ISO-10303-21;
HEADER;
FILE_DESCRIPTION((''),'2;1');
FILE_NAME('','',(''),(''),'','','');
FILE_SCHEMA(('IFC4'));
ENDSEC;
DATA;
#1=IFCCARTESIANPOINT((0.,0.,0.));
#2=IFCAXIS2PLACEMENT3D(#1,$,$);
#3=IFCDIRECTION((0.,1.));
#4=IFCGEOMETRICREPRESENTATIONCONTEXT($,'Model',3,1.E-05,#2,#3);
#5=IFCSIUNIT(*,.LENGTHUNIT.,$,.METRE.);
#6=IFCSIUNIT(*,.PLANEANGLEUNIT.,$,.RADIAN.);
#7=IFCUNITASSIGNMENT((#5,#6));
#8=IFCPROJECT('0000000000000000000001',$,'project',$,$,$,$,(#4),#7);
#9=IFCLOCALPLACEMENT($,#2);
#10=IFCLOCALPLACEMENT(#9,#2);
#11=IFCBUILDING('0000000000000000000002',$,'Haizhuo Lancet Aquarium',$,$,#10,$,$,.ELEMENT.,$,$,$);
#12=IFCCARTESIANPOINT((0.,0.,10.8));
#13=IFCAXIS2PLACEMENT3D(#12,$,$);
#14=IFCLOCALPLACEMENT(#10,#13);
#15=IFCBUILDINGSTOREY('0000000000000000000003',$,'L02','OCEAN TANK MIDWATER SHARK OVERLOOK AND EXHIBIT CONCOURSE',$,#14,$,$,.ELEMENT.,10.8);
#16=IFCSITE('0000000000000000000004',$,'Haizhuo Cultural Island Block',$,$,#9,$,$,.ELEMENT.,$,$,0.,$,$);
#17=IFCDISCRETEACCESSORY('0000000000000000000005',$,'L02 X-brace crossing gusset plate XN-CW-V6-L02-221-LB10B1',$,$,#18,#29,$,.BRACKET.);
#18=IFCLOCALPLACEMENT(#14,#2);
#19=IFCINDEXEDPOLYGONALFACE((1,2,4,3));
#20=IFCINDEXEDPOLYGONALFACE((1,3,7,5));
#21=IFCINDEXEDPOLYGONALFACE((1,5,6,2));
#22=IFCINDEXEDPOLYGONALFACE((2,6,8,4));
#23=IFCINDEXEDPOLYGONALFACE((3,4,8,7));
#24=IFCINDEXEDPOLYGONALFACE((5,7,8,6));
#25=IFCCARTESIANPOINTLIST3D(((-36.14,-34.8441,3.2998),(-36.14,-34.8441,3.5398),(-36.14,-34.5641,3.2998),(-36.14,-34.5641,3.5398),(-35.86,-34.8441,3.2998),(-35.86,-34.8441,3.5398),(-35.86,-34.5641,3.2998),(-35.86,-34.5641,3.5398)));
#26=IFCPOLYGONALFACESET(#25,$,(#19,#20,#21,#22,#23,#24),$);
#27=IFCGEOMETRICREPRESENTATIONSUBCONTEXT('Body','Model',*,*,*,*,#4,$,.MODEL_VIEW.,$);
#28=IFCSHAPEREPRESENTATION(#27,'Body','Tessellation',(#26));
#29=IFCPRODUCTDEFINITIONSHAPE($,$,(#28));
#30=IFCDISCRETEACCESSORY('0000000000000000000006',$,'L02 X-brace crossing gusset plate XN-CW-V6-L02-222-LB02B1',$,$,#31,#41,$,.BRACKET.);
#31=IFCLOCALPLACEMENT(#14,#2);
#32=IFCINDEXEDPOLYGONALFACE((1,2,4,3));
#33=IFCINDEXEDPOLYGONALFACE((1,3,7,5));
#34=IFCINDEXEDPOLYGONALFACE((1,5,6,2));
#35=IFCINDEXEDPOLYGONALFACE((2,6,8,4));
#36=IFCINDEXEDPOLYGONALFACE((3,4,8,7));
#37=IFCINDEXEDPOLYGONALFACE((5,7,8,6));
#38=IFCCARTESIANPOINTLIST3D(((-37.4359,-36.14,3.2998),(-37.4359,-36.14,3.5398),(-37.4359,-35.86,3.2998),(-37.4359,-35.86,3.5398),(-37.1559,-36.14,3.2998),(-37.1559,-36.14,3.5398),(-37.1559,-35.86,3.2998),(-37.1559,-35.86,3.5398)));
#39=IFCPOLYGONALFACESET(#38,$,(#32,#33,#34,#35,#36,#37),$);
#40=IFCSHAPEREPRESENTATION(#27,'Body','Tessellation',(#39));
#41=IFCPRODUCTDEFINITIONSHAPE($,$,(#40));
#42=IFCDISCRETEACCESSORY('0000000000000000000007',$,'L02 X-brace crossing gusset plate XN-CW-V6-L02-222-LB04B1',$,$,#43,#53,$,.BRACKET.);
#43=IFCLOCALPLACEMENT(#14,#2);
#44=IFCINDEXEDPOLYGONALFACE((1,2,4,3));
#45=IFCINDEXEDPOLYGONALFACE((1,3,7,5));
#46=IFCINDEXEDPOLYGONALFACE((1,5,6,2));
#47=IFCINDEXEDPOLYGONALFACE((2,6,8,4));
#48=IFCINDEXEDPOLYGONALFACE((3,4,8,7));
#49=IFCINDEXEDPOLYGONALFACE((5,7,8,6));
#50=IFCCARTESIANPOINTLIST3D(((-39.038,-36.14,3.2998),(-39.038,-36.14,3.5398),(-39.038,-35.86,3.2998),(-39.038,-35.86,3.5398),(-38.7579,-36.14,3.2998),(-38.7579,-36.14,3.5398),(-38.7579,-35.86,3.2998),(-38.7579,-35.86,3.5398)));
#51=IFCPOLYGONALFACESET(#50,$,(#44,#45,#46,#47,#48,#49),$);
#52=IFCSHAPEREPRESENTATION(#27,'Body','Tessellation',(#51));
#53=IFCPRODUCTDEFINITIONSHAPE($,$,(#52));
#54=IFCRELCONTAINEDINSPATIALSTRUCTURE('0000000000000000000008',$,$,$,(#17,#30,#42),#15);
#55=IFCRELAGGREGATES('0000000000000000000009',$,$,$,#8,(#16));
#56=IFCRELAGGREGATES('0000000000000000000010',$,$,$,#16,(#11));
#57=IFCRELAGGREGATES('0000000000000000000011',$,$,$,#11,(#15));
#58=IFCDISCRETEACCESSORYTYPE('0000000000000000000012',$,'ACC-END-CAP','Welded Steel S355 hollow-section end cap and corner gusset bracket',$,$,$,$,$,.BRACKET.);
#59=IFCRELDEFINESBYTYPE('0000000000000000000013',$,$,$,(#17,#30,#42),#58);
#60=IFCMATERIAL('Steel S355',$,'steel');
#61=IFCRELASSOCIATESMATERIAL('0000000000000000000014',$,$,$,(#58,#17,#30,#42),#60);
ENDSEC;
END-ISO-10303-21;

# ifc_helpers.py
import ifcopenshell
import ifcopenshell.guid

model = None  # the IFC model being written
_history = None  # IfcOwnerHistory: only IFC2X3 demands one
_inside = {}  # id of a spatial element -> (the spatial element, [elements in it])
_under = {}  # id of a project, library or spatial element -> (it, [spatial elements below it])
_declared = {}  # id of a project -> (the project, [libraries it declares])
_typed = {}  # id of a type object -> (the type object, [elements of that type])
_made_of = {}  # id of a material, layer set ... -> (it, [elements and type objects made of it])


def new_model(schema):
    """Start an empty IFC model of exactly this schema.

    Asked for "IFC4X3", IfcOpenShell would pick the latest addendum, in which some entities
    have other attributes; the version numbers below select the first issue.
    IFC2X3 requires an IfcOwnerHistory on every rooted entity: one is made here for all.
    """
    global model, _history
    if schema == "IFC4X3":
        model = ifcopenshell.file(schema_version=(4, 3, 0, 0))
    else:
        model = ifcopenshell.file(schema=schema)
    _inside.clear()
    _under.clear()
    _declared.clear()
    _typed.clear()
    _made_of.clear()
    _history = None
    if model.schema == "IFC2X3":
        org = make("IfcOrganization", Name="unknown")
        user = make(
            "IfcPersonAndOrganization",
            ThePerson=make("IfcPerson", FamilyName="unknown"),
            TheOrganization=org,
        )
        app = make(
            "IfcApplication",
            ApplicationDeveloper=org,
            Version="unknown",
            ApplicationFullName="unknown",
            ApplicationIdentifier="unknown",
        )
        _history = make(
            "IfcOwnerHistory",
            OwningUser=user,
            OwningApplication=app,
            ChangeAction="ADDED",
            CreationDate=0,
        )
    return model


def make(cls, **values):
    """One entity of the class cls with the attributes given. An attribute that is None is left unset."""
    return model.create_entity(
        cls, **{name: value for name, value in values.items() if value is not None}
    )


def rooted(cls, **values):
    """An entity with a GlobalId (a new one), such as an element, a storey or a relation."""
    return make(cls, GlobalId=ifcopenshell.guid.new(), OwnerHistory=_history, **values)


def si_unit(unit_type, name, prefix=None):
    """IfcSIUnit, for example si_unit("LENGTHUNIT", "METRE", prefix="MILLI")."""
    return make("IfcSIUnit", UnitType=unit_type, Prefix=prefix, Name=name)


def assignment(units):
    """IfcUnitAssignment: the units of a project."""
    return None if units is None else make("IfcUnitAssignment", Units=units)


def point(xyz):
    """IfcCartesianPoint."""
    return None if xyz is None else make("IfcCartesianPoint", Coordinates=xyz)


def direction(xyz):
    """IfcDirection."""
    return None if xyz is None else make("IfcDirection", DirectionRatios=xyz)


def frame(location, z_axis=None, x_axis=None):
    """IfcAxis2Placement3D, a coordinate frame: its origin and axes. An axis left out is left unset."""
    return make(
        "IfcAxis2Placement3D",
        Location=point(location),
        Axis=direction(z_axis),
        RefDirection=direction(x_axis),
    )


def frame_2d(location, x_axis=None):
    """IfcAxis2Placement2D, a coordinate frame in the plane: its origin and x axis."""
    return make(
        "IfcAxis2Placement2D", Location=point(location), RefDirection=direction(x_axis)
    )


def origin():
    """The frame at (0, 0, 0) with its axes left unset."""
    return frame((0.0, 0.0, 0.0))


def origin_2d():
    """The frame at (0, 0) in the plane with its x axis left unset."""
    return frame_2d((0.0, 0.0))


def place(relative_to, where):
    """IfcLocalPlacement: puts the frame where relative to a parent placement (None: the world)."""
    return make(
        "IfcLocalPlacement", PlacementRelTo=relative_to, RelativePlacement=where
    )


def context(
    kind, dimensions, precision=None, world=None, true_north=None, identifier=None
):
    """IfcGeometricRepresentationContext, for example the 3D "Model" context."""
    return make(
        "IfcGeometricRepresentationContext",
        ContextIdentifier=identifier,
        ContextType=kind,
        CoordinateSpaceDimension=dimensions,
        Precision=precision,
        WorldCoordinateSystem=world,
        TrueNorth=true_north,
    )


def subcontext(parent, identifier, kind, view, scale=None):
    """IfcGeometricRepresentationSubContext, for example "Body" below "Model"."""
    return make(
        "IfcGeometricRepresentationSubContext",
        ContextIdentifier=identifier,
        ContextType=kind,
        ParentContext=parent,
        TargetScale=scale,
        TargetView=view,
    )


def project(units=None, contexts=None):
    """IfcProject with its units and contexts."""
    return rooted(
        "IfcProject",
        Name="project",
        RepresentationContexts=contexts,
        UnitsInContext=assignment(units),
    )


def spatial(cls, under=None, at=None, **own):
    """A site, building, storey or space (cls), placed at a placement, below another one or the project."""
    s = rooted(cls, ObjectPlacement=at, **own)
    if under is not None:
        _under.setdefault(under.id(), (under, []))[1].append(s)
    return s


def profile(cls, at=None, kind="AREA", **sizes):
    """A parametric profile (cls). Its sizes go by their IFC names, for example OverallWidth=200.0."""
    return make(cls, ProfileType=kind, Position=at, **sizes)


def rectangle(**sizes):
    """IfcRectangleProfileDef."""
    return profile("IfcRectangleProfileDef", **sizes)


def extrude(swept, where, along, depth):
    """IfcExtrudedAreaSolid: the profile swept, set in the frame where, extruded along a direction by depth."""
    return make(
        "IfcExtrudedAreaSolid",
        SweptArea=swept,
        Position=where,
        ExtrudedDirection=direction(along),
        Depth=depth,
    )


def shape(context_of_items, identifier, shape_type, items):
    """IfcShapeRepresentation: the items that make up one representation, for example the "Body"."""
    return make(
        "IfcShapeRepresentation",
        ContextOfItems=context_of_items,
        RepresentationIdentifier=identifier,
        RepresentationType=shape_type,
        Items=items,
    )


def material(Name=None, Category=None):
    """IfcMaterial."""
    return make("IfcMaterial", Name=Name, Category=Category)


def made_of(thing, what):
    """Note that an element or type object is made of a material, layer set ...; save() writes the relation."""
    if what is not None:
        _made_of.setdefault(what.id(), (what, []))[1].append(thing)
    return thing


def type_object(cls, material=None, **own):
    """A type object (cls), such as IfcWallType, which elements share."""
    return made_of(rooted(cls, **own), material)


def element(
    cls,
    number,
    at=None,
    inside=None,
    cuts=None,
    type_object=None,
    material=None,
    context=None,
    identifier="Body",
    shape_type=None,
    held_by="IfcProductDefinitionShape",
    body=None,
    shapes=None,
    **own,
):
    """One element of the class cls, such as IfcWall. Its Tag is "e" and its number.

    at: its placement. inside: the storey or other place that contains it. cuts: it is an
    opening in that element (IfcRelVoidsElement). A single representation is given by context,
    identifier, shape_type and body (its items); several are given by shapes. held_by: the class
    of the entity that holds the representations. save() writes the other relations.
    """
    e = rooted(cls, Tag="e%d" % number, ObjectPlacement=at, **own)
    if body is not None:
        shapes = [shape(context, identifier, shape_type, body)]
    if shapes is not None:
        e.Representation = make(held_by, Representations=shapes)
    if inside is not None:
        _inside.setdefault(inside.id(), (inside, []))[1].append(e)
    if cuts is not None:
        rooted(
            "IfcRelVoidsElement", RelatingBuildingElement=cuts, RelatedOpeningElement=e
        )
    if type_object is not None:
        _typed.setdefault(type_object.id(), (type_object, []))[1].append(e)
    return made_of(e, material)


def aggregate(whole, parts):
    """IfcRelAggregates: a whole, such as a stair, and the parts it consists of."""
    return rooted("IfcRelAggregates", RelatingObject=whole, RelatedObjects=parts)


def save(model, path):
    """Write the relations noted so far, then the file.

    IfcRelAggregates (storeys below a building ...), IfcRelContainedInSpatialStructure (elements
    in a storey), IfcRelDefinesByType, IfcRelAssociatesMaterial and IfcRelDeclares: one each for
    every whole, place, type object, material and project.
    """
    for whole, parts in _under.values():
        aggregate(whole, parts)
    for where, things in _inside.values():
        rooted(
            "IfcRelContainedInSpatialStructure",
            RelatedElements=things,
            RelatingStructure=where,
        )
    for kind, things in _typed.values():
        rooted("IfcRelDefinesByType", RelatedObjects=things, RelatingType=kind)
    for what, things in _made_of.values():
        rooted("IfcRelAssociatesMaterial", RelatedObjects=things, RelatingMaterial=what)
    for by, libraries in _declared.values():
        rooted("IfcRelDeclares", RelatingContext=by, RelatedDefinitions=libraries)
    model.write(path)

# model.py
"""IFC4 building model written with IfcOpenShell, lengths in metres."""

from ifc_helpers import new_model, si_unit, direction, frame, origin, origin_2d, place, context, subcontext, project, spatial, rectangle, extrude, material, type_object, element, save


model = new_model("IFC4")

# Units and contexts
model_context = context("Model", 3, precision=1e-05, world=origin(), true_north=direction((0.0, 1.0)))
body_context = subcontext(model_context, "Body", "Model", "MODEL_VIEW")
ifc_project = project(units=[si_unit("LENGTHUNIT", "METRE"), si_unit("PLANEANGLEUNIT", "RADIAN")], contexts=[model_context])

# Site, building, storey
site_placement = place(None, origin())
site = spatial("IfcSite", under=ifc_project, at=site_placement, Name="Haizhuo Cultural Island Block", CompositionType="ELEMENT", RefElevation=0.0)
building_placement = place(site_placement, origin())
building = spatial("IfcBuilding", under=site, at=building_placement, Name="Haizhuo Lancet Aquarium", CompositionType="ELEMENT")
storey_placement = place(building_placement, frame((0.0, 0.0, 10.8)))
storey = spatial("IfcBuildingStorey", under=building, at=storey_placement, Name="L02", Description="OCEAN TANK MIDWATER SHARK OVERLOOK AND EXHIBIT CONCOURSE", CompositionType="ELEMENT", Elevation=10.8)

# Shared definitions
ifc_material_1 = material(Name="Steel S355", Category="steel")

# Discrete accessories
discrete_accessory_type = type_object("IfcDiscreteAccessoryType", Name="ACC-END-CAP", Description="Welded Steel S355 hollow-section end cap and corner gusset bracket", PredefinedType="BRACKET", material=ifc_material_1)
for number, where, z_axis, x_axis, name in (
    (1, (-36.0, -34.7041, 3.2998), (0.0, 0.0, 1.0), (1.0, 0.0, 0.0), "L02 X-brace crossing gusset plate XN-CW-V6-L02-221-LB10B1"),
    (2, (-37.2959, -36.0, 3.2998), (0.0, 0.0, 1.0), (1.0, 0.0, 0.0), "L02 X-brace crossing gusset plate XN-CW-V6-L02-222-LB02B1"),
    (3, (-38.8979, -36.0, 3.2998), (0.0, 0.0, 1.0), (1.0, 0.0, 0.0), "L02 X-brace crossing gusset plate XN-CW-V6-L02-222-LB04B1"),
):
    element("IfcDiscreteAccessory", number, at=place(storey_placement, frame(where, z_axis=z_axis, x_axis=x_axis)), inside=storey, type_object=discrete_accessory_type, material=ifc_material_1, Name=name, PredefinedType="BRACKET", context=body_context, shape_type="SweptSolid", body=[
        extrude(rectangle(XDim=0.28, YDim=0.28, at=origin_2d()), origin(), (0.0, 0.0, 1.0), 0.24),
    ])

save(model, "model.ifc")
